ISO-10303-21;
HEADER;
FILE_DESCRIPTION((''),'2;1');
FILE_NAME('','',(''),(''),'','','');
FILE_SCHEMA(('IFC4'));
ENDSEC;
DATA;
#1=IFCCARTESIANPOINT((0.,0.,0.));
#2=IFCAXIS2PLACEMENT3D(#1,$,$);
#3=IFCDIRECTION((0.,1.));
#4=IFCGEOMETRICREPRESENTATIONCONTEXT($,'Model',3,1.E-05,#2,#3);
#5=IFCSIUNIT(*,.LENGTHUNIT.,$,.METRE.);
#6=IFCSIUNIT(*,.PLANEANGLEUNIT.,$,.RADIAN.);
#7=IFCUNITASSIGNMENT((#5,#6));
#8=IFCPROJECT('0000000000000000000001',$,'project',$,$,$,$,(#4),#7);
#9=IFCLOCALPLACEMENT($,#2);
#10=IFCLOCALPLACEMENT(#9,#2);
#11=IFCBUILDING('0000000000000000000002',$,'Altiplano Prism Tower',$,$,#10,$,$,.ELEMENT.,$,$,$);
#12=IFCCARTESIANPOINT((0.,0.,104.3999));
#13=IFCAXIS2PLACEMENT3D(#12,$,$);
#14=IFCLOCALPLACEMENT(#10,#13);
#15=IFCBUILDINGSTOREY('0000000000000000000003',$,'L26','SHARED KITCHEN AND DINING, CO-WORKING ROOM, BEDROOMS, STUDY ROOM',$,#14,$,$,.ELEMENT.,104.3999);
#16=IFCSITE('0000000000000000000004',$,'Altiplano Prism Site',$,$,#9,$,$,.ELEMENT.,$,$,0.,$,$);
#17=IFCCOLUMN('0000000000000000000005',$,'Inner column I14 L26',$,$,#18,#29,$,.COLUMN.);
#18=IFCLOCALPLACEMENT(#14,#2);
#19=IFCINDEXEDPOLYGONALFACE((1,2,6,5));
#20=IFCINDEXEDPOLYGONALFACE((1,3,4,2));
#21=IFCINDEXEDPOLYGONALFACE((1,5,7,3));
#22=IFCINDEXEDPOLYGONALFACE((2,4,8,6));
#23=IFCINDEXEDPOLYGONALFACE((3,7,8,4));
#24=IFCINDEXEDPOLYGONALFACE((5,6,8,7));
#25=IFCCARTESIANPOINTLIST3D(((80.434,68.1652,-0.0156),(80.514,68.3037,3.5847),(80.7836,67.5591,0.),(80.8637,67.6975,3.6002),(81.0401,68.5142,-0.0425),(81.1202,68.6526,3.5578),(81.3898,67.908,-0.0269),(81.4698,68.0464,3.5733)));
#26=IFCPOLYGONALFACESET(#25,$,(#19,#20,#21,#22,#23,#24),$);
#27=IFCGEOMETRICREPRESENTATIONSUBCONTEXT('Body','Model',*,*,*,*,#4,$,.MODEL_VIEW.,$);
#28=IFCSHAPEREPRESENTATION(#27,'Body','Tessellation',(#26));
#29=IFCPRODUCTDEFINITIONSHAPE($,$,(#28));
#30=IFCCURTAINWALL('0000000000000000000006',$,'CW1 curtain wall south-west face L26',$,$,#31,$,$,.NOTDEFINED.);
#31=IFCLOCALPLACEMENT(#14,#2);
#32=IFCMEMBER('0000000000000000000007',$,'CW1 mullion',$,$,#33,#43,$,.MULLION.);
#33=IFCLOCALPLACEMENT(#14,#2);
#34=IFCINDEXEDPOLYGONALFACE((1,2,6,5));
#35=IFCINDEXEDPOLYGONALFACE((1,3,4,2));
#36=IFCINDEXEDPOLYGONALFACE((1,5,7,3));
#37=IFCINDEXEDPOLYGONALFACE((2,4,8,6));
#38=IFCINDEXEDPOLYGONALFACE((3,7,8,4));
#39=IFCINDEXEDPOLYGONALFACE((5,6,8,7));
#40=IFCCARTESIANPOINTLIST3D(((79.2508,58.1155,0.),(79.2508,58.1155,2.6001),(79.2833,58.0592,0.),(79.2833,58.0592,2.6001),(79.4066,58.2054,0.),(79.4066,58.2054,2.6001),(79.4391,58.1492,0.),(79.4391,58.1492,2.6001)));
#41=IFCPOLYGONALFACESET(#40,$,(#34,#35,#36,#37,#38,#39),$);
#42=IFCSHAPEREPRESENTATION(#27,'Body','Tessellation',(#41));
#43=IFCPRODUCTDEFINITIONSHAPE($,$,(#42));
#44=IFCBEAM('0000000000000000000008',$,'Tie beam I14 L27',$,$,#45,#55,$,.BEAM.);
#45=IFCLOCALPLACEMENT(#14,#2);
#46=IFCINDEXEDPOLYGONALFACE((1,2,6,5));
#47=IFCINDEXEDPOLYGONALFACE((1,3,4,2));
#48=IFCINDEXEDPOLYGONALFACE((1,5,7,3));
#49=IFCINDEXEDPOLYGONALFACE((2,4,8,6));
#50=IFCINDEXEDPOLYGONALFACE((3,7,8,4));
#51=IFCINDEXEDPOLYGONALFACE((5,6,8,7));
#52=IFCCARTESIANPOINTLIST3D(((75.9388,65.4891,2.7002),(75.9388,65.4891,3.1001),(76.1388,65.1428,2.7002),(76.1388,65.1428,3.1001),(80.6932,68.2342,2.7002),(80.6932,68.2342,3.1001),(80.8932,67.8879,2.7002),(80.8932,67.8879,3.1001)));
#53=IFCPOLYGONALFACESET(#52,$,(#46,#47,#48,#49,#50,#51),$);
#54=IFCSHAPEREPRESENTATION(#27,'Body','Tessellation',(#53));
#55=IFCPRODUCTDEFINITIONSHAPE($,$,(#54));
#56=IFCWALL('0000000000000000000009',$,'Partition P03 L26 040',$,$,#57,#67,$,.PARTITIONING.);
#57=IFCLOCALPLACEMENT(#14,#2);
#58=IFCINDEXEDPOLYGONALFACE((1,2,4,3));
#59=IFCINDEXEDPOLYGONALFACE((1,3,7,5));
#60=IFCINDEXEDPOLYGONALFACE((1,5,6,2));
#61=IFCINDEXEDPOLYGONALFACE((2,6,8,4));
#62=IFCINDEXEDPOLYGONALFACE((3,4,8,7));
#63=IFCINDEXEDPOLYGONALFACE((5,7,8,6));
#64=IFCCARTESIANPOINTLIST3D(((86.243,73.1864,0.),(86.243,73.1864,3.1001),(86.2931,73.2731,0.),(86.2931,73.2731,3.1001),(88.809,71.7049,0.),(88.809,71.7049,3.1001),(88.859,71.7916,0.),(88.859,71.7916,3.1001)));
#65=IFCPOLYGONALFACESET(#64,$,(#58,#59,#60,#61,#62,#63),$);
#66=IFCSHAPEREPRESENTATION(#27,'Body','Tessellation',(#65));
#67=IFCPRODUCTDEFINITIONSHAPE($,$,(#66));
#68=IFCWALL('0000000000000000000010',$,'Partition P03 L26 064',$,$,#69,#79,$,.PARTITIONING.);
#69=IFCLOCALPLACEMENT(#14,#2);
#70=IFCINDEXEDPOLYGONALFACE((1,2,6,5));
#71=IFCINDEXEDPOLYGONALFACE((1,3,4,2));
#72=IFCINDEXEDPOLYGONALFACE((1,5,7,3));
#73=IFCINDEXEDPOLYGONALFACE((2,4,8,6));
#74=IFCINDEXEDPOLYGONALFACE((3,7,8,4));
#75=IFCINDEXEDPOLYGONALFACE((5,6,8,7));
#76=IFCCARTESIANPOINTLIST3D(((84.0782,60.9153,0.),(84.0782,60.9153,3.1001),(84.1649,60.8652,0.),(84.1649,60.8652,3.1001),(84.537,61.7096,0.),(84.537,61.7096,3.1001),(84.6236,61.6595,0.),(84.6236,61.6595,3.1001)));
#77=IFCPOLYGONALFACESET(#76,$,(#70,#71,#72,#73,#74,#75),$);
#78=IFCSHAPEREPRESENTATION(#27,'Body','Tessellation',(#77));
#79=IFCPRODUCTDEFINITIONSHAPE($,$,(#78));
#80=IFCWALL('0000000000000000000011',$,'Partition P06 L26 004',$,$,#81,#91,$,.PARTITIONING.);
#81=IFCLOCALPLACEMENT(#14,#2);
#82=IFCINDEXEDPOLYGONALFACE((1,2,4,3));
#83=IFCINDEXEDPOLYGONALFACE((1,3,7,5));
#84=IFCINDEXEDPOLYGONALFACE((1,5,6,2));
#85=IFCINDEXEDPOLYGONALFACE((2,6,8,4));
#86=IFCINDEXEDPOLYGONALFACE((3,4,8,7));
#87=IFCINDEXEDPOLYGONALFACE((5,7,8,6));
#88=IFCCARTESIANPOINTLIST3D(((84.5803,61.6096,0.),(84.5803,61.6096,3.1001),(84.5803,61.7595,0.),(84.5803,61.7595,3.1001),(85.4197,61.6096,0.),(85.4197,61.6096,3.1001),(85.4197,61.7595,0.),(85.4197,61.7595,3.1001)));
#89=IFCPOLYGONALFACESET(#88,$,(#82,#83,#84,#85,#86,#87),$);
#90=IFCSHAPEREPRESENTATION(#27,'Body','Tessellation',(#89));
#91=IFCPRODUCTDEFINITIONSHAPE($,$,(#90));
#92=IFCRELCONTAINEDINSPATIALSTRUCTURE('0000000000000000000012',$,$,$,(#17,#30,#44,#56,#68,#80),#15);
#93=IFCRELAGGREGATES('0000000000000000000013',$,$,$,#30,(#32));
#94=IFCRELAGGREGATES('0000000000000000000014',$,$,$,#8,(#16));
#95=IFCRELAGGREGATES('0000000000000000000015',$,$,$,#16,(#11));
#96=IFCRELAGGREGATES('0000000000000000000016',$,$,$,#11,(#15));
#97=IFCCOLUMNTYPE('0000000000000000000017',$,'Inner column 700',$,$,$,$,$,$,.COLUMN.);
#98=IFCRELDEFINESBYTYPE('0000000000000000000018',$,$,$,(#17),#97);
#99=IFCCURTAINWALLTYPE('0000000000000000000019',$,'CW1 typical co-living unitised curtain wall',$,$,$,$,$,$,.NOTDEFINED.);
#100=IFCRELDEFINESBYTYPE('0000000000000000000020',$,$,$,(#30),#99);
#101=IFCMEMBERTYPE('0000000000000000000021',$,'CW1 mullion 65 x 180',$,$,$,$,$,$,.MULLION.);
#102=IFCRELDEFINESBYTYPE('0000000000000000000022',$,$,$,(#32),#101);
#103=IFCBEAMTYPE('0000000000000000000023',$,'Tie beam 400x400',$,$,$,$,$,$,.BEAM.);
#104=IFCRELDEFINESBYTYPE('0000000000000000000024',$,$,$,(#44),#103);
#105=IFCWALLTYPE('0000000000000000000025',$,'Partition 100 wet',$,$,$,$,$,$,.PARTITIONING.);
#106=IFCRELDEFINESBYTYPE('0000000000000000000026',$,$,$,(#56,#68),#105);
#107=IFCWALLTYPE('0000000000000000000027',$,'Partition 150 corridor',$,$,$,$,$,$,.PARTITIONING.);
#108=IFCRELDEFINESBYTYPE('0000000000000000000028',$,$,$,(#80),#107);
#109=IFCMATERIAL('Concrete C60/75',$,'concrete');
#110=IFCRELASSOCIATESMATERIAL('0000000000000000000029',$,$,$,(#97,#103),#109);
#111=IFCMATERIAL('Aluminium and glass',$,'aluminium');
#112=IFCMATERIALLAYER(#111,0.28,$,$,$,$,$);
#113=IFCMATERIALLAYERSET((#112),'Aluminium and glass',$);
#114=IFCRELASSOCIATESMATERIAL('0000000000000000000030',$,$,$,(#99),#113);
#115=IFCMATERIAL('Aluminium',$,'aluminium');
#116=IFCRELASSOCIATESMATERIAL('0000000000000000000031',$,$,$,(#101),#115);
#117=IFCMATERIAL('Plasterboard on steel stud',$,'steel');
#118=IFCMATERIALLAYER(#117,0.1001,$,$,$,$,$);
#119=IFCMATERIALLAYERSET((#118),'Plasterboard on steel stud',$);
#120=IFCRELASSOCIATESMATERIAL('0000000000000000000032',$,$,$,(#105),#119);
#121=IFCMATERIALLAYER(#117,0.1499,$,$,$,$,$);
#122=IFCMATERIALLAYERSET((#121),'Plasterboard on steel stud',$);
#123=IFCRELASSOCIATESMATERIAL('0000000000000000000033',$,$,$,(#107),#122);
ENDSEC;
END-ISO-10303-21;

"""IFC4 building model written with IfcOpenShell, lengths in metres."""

from ifc_helpers import new_model, si_unit, direction, frame, frame_2d, origin, origin_2d, place, context, subcontext, project, spatial, rectangle, extrude, material, layer, layer_set, material_profile, profile_set, type_object, element, aggregate, save


model = new_model("IFC4")

# Units and contexts
model_context = context("Model", 3, precision=1e-05, world=origin(), true_north=direction((0.0, 1.0)))
body_context = subcontext(model_context, "Body", "Model", "MODEL_VIEW")
ifc_project = project(units=[si_unit("LENGTHUNIT", "METRE"), si_unit("PLANEANGLEUNIT", "RADIAN")], contexts=[model_context])

# Site, building, storey
site_placement = place(None, origin())
site = spatial("IfcSite", under=ifc_project, at=site_placement, Name="Altiplano Prism Site", CompositionType="ELEMENT", RefElevation=0.0)
building_placement = place(site_placement, origin())
building = spatial("IfcBuilding", under=site, at=building_placement, Name="Altiplano Prism Tower", CompositionType="ELEMENT")
storey_placement = place(building_placement, frame((0.0, 0.0, 104.3999)))
storey = spatial("IfcBuildingStorey", under=building, at=storey_placement, Name="L26", Description="SHARED KITCHEN AND DINING, CO-WORKING ROOM, BEDROOMS, STUDY ROOM", CompositionType="ELEMENT", Elevation=104.3999)

# Column
ifc_material_1 = material(Name="Concrete C60/75", Category="concrete")
ifc_material_profile_1 = material_profile(ifc_material_1, rectangle(XDim=0.7, YDim=0.7, at=origin_2d()), Name="Inner column 700")
ifc_profile_set_1 = profile_set([ifc_material_profile_1], Name="Concrete C60/75")
column_type = type_object("IfcColumnType", Name="Inner column 700", PredefinedType="COLUMN", material=ifc_profile_set_1)
column_placement = place(storey_placement, frame((80.9119, 68.0366, -0.0212), z_axis=(0.022221, 0.038413, 0.999015), x_axis=(-0.866021, -0.498528, 0.038432)))
element("IfcColumn", 1, at=column_placement, inside=storey, type_object=column_type, Name="Inner column I14 L26", PredefinedType="COLUMN", context=body_context, shape_type="SweptSolid", body=[
    extrude(rectangle(XDim=0.7, YDim=0.7, at=origin_2d()), origin(), (0.0, 0.0, 1.0), 3.6038),
])

# Curtain wall, member
ifc_material_2 = material(Name="Aluminium and glass", Category="aluminium")
ifc_layer_1 = layer(ifc_material_2, 0.28)
ifc_layer_set_1 = layer_set([ifc_layer_1], Name="Aluminium and glass")
curtain_wall_type = type_object("IfcCurtainWallType", Name="CW1 typical co-living unitised curtain wall", PredefinedType="NOTDEFINED", material=ifc_layer_set_1)
curtain_wall_placement = place(storey_placement, origin())
curtain_wall = element("IfcCurtainWall", 2, at=curtain_wall_placement, inside=storey, type_object=curtain_wall_type, Name="CW1 curtain wall south-west face L26", PredefinedType="NOTDEFINED")
ifc_material_3 = material(Name="Aluminium", Category="aluminium")
ifc_material_profile_2 = material_profile(ifc_material_3, rectangle(XDim=0.1799, YDim=0.0649, at=origin_2d()), Name="CW1 mullion 65 x 180")
ifc_profile_set_2 = profile_set([ifc_material_profile_2], Name="Aluminium")
member_type = type_object("IfcMemberType", Name="CW1 mullion 65 x 180", PredefinedType="MULLION", material=ifc_profile_set_2)
member_placement = place(storey_placement, frame((79.345, 58.1323, 0.0), z_axis=(0.0, 0.0, 1.0), x_axis=(0.866025, 0.5, 0.0)))
member = element("IfcMember", 3, at=member_placement, type_object=member_type, Name="CW1 mullion", PredefinedType="MULLION", context=body_context, shape_type="SweptSolid", body=[
    extrude(rectangle(XDim=0.1799, YDim=0.0649, at=origin_2d()), origin(), (0.0, 0.0, 1.0), 2.6001),
])
aggregate(curtain_wall, [member])

# Beam
ifc_material_profile_3 = material_profile(ifc_material_1, rectangle(XDim=0.3999, YDim=0.3999, at=origin_2d()), Name="Tie beam 400x400")
ifc_profile_set_3 = profile_set([ifc_material_profile_3], Name="Concrete C60/75")
beam_type = type_object("IfcBeamType", Name="Tie beam 400x400", PredefinedType="BEAM", material=ifc_profile_set_3)
beam_placement = place(storey_placement, frame((80.7932, 68.061, 2.9001), z_axis=(-0.866012, -0.500023, 0.0), x_axis=(0.500023, -0.866012, 0.0)))
element("IfcBeam", 4, at=beam_placement, inside=storey, type_object=beam_type, Name="Tie beam I14 L27", PredefinedType="BEAM", context=body_context, shape_type="SweptSolid", body=[
    extrude(rectangle(XDim=0.3999, YDim=0.3999, at=origin_2d()), origin(), (0.0, 0.0, 1.0), 5.49),
])

# Walls
ifc_material_4 = material(Name="Plasterboard on steel stud", Category="steel")
ifc_layer_2 = layer(ifc_material_4, 0.1001)
ifc_layer_set_2 = layer_set([ifc_layer_2], Name="Plasterboard on steel stud")
wall_type_1 = type_object("IfcWallType", Name="Partition 100 wet", PredefinedType="PARTITIONING", material=ifc_layer_set_2)
wall_1_placement = place(storey_placement, frame((86.2681, 73.2297, 0.0), z_axis=(0.0, 0.0, 1.0), x_axis=(0.866024, -0.500003, 0.0)))
element("IfcWall", 5, at=wall_1_placement, inside=storey, type_object=wall_type_1, Name="Partition P03 L26 040", PredefinedType="PARTITIONING", context=body_context, shape_type="SweptSolid", body=[
    extrude(rectangle(XDim=2.9629, YDim=0.1001, at=frame_2d((1.4814, 0.0))), origin(), (0.0, 0.0, 1.0), 3.1001),
])
wall_2_placement = place(storey_placement, frame((84.1216, 60.8904, 0.0), z_axis=(0.0, 0.0, 1.0), x_axis=(0.500176, 0.865924, 0.0)))
element("IfcWall", 6, at=wall_2_placement, inside=storey, type_object=wall_type_1, Name="Partition P03 L26 064", PredefinedType="PARTITIONING", context=body_context, shape_type="SweptSolid", body=[
    extrude(rectangle(XDim=0.9172, YDim=0.1001, at=frame_2d((0.4585, 0.0))), origin(), (0.0, 0.0, 1.0), 3.1001),
])
ifc_layer_3 = layer(ifc_material_4, 0.1499)
ifc_layer_set_3 = layer_set([ifc_layer_3], Name="Plasterboard on steel stud")
wall_type_2 = type_object("IfcWallType", Name="Partition 150 corridor", PredefinedType="PARTITIONING", material=ifc_layer_set_3)
wall_3_placement = place(storey_placement, frame((84.5803, 61.6846, 0.0), z_axis=(0.0, 0.0, 1.0), x_axis=(1.0, 0.0, 0.0)))
element("IfcWall", 7, at=wall_3_placement, inside=storey, type_object=wall_type_2, Name="Partition P06 L26 004", PredefinedType="PARTITIONING", context=body_context, shape_type="SweptSolid", body=[
    extrude(rectangle(XDim=0.8394, YDim=0.1499, at=frame_2d((0.4197, 0.0))), origin(), (0.0, 0.0, 1.0), 3.1001),
])

save(model, "model.ifc")
